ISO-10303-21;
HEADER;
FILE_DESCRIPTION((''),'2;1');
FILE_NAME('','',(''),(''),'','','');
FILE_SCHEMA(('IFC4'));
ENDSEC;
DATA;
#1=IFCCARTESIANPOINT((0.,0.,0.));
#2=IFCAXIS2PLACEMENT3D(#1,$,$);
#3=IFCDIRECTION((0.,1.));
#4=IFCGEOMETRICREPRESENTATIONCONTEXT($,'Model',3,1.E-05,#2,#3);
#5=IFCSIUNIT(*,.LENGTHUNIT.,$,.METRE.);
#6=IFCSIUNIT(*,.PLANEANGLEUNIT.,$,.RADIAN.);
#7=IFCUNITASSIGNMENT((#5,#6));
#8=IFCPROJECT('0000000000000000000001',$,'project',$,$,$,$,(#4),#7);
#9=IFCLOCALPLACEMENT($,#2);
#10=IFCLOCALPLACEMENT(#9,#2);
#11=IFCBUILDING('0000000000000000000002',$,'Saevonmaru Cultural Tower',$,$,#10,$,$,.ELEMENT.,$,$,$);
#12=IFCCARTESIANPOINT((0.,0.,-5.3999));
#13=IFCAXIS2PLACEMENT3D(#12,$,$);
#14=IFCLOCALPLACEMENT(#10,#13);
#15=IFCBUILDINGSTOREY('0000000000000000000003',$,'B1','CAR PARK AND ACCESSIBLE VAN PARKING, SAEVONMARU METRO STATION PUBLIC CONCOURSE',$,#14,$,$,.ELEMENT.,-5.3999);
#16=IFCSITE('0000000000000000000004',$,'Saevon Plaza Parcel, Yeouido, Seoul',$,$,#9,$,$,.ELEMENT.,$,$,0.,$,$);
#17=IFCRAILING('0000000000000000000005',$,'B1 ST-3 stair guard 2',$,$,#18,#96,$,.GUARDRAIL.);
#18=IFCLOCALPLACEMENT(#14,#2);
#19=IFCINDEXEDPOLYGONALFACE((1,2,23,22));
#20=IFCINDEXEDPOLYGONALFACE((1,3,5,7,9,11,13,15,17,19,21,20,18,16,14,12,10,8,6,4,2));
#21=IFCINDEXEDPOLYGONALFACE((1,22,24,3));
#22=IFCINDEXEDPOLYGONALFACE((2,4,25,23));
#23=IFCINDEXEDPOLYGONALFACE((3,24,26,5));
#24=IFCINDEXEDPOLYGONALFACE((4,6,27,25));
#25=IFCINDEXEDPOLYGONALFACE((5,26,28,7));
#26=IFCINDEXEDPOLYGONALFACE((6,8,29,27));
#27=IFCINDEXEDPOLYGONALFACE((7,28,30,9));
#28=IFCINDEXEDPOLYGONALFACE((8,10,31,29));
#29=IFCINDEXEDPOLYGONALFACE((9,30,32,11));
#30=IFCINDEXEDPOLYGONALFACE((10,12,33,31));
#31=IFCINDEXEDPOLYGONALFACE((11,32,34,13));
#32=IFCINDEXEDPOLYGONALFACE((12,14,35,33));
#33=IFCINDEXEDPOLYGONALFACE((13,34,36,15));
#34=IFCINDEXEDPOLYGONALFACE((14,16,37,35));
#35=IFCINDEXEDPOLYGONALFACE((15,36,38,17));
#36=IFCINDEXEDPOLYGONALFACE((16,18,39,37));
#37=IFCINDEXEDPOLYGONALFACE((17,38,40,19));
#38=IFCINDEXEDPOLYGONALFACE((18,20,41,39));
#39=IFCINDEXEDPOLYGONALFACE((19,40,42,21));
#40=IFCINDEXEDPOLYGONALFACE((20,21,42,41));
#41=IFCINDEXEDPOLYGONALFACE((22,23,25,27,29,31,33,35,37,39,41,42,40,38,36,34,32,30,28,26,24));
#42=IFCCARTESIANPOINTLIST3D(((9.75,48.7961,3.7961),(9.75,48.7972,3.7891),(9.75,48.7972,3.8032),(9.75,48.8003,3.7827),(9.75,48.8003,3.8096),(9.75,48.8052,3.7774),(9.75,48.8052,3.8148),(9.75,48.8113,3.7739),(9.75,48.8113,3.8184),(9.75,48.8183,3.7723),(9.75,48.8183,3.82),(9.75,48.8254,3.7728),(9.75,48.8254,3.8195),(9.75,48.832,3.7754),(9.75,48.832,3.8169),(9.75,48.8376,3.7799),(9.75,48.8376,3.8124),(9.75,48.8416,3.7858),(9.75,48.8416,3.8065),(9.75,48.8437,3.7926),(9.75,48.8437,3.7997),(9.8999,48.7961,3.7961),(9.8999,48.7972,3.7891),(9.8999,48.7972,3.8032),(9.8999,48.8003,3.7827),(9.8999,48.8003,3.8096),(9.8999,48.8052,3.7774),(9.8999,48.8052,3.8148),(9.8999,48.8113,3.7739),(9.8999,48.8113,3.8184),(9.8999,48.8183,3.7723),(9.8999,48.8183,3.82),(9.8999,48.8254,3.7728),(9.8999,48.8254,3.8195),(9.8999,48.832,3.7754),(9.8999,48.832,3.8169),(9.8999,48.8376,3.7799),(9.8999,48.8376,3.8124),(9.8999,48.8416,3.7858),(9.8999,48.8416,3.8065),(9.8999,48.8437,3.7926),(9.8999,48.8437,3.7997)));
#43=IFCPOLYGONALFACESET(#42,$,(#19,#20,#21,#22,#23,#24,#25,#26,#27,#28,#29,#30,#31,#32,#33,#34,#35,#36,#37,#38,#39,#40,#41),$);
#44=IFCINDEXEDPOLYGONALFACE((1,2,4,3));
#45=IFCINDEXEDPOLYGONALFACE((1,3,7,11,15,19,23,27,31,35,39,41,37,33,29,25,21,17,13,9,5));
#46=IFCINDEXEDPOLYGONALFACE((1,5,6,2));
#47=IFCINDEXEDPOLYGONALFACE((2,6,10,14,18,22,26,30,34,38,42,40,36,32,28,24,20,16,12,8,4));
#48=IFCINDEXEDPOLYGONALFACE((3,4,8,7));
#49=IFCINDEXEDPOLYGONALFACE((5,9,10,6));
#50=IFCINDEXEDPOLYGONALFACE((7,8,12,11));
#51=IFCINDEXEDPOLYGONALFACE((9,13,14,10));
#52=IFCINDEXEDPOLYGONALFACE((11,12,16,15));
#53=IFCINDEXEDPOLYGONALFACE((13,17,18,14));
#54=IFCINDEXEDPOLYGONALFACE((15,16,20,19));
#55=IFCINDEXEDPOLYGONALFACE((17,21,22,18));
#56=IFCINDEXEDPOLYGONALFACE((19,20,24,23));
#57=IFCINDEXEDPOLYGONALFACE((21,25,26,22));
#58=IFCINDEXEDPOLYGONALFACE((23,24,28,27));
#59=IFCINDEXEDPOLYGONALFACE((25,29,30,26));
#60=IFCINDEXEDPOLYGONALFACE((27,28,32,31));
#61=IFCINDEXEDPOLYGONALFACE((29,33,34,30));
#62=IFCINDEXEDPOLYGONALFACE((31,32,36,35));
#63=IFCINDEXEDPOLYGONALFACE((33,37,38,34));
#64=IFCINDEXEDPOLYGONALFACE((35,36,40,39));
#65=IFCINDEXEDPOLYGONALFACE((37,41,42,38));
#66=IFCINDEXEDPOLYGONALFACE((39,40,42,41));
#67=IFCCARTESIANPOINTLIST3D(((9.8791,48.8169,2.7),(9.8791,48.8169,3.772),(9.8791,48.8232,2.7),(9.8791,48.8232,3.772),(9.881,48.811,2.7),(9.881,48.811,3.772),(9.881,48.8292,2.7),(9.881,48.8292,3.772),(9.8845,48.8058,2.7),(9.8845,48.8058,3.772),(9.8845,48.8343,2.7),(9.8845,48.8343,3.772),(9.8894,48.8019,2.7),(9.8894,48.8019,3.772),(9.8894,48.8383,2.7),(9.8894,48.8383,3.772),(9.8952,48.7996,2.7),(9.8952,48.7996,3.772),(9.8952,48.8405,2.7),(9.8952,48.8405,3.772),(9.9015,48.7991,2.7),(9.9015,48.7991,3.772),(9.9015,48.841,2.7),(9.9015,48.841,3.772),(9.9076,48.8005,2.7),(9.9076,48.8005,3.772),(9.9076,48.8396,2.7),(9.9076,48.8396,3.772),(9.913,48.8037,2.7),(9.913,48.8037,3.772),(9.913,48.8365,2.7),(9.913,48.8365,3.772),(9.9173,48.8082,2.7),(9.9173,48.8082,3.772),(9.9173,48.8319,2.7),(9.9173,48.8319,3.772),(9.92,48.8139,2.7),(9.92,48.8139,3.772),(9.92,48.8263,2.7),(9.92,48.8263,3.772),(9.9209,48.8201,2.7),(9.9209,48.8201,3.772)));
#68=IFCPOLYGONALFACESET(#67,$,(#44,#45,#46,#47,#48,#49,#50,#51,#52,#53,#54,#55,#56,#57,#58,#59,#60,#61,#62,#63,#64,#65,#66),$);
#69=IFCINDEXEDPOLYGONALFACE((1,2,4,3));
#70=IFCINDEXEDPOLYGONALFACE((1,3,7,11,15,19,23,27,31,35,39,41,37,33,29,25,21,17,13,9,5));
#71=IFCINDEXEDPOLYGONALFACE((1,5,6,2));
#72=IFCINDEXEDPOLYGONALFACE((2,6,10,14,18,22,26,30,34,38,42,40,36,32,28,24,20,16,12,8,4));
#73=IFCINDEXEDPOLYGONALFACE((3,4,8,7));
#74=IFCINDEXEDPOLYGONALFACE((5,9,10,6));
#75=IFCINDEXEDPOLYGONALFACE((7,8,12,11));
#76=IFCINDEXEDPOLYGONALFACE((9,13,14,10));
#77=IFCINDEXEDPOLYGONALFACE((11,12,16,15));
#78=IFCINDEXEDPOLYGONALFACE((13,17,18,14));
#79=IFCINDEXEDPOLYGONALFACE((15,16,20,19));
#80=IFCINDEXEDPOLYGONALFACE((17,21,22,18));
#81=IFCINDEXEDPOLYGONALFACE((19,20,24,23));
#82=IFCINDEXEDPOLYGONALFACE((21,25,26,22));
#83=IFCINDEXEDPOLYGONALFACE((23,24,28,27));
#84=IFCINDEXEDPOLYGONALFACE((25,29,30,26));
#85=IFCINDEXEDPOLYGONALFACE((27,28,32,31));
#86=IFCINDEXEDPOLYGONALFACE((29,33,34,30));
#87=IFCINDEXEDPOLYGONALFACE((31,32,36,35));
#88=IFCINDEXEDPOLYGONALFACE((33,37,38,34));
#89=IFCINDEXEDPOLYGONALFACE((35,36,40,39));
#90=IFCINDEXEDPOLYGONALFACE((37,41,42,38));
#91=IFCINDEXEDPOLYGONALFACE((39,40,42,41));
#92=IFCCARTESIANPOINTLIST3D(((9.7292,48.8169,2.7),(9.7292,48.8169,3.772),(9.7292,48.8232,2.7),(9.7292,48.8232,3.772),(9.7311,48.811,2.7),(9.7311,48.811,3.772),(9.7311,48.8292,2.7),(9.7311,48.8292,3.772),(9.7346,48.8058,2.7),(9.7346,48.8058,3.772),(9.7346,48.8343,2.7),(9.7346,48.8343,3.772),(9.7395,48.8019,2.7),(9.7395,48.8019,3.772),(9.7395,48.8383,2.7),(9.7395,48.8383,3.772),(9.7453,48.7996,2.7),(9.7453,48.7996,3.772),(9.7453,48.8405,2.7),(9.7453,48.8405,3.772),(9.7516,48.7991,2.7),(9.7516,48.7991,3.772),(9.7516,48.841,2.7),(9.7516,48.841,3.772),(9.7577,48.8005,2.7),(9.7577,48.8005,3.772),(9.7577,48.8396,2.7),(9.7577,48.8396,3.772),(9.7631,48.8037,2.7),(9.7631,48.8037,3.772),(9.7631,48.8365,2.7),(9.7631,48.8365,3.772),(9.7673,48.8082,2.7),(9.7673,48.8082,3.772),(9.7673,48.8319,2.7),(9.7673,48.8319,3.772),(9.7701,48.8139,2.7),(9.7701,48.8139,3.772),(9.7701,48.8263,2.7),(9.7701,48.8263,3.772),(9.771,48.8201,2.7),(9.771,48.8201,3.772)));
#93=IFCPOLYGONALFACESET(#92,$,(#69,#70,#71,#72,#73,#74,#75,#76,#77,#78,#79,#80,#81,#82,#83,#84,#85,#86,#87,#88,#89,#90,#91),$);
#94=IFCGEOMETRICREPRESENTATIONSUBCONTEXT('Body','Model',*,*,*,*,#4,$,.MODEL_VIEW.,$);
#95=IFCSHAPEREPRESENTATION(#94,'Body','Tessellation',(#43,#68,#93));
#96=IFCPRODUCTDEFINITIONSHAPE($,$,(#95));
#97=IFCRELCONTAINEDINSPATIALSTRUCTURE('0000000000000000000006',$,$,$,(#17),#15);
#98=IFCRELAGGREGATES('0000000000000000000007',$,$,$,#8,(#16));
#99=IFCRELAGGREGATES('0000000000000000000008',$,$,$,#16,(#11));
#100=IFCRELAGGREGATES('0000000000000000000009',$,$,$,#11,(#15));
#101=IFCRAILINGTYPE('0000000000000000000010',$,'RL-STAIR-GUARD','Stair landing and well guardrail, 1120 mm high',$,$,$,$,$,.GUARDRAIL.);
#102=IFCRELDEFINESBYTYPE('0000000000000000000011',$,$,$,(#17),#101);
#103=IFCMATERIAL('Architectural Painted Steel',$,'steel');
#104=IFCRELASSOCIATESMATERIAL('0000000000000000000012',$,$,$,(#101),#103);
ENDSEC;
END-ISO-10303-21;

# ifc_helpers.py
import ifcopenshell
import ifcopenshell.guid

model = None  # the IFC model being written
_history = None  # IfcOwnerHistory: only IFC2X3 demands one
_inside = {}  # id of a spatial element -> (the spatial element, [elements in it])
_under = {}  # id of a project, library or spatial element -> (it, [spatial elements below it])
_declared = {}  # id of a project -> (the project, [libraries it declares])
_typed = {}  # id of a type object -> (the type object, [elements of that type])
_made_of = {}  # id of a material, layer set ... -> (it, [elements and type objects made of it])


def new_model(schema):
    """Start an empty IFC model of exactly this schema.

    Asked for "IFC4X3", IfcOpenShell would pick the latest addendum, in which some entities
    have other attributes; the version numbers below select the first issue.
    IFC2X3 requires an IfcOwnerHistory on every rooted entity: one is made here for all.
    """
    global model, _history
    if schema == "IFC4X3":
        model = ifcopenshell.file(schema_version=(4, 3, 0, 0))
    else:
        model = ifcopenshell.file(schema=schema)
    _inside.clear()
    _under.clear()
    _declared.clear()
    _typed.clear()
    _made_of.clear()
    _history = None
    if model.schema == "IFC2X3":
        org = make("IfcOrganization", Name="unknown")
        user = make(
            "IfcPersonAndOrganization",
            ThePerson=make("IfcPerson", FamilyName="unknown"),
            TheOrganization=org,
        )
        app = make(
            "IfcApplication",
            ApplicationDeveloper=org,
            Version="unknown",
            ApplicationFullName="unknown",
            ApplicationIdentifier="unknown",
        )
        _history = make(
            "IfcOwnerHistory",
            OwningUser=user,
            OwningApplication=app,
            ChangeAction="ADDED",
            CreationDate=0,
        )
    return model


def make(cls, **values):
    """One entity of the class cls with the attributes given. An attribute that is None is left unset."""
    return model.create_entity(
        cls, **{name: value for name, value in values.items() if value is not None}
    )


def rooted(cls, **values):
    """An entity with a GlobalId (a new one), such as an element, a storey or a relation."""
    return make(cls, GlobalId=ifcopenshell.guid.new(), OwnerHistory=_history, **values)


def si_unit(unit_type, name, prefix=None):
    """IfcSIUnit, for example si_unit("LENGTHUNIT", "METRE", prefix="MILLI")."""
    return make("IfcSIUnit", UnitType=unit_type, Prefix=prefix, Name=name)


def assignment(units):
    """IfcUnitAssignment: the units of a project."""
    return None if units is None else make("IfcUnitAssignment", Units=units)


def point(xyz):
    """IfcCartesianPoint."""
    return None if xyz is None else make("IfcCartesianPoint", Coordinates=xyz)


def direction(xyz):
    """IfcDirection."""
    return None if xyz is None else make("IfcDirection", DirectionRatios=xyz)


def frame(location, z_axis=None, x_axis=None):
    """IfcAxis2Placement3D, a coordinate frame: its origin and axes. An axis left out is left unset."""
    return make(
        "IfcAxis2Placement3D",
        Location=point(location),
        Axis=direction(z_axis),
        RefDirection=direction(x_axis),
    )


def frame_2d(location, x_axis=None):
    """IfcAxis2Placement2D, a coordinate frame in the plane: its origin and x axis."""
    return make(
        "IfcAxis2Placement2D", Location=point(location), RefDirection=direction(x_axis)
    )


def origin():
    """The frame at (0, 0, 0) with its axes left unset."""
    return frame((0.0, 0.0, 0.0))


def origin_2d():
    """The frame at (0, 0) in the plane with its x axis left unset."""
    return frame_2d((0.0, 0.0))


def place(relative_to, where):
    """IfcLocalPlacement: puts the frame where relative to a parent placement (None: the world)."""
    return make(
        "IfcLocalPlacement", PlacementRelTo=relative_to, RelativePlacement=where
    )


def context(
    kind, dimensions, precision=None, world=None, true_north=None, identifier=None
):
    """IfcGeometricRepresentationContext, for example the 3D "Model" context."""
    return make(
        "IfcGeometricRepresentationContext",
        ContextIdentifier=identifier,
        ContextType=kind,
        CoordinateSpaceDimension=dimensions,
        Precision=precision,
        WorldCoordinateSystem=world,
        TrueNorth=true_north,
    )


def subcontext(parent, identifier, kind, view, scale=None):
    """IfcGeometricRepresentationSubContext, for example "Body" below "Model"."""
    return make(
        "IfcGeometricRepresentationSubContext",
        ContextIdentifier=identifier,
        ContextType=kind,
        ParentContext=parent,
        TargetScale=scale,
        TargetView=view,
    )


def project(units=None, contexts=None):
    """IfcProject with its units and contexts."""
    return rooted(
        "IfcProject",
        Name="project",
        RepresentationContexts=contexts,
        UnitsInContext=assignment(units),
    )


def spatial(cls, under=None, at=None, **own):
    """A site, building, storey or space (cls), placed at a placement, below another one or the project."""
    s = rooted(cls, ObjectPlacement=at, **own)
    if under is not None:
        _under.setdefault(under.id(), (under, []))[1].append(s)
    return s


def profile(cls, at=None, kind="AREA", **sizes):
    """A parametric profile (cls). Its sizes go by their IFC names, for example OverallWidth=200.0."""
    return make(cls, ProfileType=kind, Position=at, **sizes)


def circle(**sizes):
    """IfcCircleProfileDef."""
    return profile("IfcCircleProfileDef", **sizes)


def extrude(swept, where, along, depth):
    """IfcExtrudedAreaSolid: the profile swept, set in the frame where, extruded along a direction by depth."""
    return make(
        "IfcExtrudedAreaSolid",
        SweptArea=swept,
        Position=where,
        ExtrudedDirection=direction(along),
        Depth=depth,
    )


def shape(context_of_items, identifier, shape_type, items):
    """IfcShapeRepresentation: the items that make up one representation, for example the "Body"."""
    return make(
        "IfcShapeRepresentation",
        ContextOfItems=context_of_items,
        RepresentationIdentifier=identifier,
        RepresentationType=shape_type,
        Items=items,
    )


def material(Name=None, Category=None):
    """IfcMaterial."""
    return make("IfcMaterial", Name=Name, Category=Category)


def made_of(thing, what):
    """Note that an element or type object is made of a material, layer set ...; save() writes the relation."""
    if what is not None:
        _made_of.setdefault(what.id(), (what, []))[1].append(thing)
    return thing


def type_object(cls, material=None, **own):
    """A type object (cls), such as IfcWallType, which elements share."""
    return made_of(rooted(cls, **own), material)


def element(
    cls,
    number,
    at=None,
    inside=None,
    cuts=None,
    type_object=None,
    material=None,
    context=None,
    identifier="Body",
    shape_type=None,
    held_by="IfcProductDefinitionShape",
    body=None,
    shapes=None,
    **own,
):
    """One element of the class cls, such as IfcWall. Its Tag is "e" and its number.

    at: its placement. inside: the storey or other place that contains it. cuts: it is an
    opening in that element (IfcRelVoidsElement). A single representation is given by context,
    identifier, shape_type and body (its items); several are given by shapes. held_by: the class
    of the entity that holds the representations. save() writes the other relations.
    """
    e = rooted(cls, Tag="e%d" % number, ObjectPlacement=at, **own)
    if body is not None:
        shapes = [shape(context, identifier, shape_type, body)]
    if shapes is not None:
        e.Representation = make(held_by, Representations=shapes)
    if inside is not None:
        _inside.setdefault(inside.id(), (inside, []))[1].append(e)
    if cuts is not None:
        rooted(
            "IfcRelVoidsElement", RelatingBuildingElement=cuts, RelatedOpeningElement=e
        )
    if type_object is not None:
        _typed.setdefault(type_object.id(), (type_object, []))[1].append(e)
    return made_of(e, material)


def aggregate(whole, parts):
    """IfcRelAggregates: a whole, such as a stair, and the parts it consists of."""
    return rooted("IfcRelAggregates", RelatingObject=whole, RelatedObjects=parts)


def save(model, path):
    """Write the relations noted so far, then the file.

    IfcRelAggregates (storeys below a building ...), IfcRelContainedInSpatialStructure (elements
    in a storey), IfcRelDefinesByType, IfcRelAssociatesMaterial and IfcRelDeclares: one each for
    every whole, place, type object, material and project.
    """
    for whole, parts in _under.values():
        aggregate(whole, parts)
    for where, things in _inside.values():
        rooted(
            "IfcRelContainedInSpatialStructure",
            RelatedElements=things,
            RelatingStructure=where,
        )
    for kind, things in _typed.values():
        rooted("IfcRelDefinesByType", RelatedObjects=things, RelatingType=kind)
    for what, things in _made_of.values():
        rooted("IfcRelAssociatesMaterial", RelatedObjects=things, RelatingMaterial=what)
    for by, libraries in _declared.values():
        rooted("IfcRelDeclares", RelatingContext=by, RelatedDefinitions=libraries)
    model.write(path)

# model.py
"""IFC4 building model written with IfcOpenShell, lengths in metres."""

from ifc_helpers import new_model, si_unit, direction, frame, origin, origin_2d, place, context, subcontext, project, spatial, circle, extrude, material, type_object, element, save


model = new_model("IFC4")

# Units and contexts
model_context = context("Model", 3, precision=1e-05, world=origin(), true_north=direction((0.0, 1.0)))
body_context = subcontext(model_context, "Body", "Model", "MODEL_VIEW")
ifc_project = project(units=[si_unit("LENGTHUNIT", "METRE"), si_unit("PLANEANGLEUNIT", "RADIAN")], contexts=[model_context])

# Site, building, storey
site_placement = place(None, origin())
site = spatial("IfcSite", under=ifc_project, at=site_placement, Name="Saevon Plaza Parcel, Yeouido, Seoul", CompositionType="ELEMENT", RefElevation=0.0)
building_placement = place(site_placement, origin())
building = spatial("IfcBuilding", under=site, at=building_placement, Name="Saevonmaru Cultural Tower", CompositionType="ELEMENT")
storey_placement = place(building_placement, frame((0.0, 0.0, -5.3999)))
storey = spatial("IfcBuildingStorey", under=building, at=storey_placement, Name="B1", Description="CAR PARK AND ACCESSIBLE VAN PARKING, SAEVONMARU METRO STATION PUBLIC CONCOURSE", CompositionType="ELEMENT", Elevation=-5.3999)

# Railing
ifc_material_1 = material(Name="Architectural Painted Steel", Category="steel")
railing_type_1 = type_object("IfcRailingType", Name="RL-STAIR-GUARD", Description="Stair landing and well guardrail, 1120 mm high", PredefinedType="GUARDRAIL", material=ifc_material_1)
railing_1_placement = place(storey_placement, frame((9.8999, 48.8201, 2.7)))
element("IfcRailing", 1, at=railing_1_placement, inside=storey, type_object=railing_type_1, Name="B1 ST-3 stair guard 2", PredefinedType="GUARDRAIL", context=body_context, shape_type="SweptSolid", body=[
    extrude(circle(Radius=0.0239, at=origin_2d()), frame((0.0, 0.0, 1.0962), z_axis=(-1.0, 0.0, 0.0), x_axis=(0.0, -1.0, 0.0)), (0.0, 0.0, 1.0), 0.1499),
    extrude(circle(Radius=0.021, at=origin_2d()), origin(), (0.0, 0.0, 1.0), 1.072),
    extrude(circle(Radius=0.021, at=origin_2d()), frame((-0.1499, 0.0, 0.0)), (0.0, 0.0, 1.0), 1.072),
])

save(model, "model.ifc")
